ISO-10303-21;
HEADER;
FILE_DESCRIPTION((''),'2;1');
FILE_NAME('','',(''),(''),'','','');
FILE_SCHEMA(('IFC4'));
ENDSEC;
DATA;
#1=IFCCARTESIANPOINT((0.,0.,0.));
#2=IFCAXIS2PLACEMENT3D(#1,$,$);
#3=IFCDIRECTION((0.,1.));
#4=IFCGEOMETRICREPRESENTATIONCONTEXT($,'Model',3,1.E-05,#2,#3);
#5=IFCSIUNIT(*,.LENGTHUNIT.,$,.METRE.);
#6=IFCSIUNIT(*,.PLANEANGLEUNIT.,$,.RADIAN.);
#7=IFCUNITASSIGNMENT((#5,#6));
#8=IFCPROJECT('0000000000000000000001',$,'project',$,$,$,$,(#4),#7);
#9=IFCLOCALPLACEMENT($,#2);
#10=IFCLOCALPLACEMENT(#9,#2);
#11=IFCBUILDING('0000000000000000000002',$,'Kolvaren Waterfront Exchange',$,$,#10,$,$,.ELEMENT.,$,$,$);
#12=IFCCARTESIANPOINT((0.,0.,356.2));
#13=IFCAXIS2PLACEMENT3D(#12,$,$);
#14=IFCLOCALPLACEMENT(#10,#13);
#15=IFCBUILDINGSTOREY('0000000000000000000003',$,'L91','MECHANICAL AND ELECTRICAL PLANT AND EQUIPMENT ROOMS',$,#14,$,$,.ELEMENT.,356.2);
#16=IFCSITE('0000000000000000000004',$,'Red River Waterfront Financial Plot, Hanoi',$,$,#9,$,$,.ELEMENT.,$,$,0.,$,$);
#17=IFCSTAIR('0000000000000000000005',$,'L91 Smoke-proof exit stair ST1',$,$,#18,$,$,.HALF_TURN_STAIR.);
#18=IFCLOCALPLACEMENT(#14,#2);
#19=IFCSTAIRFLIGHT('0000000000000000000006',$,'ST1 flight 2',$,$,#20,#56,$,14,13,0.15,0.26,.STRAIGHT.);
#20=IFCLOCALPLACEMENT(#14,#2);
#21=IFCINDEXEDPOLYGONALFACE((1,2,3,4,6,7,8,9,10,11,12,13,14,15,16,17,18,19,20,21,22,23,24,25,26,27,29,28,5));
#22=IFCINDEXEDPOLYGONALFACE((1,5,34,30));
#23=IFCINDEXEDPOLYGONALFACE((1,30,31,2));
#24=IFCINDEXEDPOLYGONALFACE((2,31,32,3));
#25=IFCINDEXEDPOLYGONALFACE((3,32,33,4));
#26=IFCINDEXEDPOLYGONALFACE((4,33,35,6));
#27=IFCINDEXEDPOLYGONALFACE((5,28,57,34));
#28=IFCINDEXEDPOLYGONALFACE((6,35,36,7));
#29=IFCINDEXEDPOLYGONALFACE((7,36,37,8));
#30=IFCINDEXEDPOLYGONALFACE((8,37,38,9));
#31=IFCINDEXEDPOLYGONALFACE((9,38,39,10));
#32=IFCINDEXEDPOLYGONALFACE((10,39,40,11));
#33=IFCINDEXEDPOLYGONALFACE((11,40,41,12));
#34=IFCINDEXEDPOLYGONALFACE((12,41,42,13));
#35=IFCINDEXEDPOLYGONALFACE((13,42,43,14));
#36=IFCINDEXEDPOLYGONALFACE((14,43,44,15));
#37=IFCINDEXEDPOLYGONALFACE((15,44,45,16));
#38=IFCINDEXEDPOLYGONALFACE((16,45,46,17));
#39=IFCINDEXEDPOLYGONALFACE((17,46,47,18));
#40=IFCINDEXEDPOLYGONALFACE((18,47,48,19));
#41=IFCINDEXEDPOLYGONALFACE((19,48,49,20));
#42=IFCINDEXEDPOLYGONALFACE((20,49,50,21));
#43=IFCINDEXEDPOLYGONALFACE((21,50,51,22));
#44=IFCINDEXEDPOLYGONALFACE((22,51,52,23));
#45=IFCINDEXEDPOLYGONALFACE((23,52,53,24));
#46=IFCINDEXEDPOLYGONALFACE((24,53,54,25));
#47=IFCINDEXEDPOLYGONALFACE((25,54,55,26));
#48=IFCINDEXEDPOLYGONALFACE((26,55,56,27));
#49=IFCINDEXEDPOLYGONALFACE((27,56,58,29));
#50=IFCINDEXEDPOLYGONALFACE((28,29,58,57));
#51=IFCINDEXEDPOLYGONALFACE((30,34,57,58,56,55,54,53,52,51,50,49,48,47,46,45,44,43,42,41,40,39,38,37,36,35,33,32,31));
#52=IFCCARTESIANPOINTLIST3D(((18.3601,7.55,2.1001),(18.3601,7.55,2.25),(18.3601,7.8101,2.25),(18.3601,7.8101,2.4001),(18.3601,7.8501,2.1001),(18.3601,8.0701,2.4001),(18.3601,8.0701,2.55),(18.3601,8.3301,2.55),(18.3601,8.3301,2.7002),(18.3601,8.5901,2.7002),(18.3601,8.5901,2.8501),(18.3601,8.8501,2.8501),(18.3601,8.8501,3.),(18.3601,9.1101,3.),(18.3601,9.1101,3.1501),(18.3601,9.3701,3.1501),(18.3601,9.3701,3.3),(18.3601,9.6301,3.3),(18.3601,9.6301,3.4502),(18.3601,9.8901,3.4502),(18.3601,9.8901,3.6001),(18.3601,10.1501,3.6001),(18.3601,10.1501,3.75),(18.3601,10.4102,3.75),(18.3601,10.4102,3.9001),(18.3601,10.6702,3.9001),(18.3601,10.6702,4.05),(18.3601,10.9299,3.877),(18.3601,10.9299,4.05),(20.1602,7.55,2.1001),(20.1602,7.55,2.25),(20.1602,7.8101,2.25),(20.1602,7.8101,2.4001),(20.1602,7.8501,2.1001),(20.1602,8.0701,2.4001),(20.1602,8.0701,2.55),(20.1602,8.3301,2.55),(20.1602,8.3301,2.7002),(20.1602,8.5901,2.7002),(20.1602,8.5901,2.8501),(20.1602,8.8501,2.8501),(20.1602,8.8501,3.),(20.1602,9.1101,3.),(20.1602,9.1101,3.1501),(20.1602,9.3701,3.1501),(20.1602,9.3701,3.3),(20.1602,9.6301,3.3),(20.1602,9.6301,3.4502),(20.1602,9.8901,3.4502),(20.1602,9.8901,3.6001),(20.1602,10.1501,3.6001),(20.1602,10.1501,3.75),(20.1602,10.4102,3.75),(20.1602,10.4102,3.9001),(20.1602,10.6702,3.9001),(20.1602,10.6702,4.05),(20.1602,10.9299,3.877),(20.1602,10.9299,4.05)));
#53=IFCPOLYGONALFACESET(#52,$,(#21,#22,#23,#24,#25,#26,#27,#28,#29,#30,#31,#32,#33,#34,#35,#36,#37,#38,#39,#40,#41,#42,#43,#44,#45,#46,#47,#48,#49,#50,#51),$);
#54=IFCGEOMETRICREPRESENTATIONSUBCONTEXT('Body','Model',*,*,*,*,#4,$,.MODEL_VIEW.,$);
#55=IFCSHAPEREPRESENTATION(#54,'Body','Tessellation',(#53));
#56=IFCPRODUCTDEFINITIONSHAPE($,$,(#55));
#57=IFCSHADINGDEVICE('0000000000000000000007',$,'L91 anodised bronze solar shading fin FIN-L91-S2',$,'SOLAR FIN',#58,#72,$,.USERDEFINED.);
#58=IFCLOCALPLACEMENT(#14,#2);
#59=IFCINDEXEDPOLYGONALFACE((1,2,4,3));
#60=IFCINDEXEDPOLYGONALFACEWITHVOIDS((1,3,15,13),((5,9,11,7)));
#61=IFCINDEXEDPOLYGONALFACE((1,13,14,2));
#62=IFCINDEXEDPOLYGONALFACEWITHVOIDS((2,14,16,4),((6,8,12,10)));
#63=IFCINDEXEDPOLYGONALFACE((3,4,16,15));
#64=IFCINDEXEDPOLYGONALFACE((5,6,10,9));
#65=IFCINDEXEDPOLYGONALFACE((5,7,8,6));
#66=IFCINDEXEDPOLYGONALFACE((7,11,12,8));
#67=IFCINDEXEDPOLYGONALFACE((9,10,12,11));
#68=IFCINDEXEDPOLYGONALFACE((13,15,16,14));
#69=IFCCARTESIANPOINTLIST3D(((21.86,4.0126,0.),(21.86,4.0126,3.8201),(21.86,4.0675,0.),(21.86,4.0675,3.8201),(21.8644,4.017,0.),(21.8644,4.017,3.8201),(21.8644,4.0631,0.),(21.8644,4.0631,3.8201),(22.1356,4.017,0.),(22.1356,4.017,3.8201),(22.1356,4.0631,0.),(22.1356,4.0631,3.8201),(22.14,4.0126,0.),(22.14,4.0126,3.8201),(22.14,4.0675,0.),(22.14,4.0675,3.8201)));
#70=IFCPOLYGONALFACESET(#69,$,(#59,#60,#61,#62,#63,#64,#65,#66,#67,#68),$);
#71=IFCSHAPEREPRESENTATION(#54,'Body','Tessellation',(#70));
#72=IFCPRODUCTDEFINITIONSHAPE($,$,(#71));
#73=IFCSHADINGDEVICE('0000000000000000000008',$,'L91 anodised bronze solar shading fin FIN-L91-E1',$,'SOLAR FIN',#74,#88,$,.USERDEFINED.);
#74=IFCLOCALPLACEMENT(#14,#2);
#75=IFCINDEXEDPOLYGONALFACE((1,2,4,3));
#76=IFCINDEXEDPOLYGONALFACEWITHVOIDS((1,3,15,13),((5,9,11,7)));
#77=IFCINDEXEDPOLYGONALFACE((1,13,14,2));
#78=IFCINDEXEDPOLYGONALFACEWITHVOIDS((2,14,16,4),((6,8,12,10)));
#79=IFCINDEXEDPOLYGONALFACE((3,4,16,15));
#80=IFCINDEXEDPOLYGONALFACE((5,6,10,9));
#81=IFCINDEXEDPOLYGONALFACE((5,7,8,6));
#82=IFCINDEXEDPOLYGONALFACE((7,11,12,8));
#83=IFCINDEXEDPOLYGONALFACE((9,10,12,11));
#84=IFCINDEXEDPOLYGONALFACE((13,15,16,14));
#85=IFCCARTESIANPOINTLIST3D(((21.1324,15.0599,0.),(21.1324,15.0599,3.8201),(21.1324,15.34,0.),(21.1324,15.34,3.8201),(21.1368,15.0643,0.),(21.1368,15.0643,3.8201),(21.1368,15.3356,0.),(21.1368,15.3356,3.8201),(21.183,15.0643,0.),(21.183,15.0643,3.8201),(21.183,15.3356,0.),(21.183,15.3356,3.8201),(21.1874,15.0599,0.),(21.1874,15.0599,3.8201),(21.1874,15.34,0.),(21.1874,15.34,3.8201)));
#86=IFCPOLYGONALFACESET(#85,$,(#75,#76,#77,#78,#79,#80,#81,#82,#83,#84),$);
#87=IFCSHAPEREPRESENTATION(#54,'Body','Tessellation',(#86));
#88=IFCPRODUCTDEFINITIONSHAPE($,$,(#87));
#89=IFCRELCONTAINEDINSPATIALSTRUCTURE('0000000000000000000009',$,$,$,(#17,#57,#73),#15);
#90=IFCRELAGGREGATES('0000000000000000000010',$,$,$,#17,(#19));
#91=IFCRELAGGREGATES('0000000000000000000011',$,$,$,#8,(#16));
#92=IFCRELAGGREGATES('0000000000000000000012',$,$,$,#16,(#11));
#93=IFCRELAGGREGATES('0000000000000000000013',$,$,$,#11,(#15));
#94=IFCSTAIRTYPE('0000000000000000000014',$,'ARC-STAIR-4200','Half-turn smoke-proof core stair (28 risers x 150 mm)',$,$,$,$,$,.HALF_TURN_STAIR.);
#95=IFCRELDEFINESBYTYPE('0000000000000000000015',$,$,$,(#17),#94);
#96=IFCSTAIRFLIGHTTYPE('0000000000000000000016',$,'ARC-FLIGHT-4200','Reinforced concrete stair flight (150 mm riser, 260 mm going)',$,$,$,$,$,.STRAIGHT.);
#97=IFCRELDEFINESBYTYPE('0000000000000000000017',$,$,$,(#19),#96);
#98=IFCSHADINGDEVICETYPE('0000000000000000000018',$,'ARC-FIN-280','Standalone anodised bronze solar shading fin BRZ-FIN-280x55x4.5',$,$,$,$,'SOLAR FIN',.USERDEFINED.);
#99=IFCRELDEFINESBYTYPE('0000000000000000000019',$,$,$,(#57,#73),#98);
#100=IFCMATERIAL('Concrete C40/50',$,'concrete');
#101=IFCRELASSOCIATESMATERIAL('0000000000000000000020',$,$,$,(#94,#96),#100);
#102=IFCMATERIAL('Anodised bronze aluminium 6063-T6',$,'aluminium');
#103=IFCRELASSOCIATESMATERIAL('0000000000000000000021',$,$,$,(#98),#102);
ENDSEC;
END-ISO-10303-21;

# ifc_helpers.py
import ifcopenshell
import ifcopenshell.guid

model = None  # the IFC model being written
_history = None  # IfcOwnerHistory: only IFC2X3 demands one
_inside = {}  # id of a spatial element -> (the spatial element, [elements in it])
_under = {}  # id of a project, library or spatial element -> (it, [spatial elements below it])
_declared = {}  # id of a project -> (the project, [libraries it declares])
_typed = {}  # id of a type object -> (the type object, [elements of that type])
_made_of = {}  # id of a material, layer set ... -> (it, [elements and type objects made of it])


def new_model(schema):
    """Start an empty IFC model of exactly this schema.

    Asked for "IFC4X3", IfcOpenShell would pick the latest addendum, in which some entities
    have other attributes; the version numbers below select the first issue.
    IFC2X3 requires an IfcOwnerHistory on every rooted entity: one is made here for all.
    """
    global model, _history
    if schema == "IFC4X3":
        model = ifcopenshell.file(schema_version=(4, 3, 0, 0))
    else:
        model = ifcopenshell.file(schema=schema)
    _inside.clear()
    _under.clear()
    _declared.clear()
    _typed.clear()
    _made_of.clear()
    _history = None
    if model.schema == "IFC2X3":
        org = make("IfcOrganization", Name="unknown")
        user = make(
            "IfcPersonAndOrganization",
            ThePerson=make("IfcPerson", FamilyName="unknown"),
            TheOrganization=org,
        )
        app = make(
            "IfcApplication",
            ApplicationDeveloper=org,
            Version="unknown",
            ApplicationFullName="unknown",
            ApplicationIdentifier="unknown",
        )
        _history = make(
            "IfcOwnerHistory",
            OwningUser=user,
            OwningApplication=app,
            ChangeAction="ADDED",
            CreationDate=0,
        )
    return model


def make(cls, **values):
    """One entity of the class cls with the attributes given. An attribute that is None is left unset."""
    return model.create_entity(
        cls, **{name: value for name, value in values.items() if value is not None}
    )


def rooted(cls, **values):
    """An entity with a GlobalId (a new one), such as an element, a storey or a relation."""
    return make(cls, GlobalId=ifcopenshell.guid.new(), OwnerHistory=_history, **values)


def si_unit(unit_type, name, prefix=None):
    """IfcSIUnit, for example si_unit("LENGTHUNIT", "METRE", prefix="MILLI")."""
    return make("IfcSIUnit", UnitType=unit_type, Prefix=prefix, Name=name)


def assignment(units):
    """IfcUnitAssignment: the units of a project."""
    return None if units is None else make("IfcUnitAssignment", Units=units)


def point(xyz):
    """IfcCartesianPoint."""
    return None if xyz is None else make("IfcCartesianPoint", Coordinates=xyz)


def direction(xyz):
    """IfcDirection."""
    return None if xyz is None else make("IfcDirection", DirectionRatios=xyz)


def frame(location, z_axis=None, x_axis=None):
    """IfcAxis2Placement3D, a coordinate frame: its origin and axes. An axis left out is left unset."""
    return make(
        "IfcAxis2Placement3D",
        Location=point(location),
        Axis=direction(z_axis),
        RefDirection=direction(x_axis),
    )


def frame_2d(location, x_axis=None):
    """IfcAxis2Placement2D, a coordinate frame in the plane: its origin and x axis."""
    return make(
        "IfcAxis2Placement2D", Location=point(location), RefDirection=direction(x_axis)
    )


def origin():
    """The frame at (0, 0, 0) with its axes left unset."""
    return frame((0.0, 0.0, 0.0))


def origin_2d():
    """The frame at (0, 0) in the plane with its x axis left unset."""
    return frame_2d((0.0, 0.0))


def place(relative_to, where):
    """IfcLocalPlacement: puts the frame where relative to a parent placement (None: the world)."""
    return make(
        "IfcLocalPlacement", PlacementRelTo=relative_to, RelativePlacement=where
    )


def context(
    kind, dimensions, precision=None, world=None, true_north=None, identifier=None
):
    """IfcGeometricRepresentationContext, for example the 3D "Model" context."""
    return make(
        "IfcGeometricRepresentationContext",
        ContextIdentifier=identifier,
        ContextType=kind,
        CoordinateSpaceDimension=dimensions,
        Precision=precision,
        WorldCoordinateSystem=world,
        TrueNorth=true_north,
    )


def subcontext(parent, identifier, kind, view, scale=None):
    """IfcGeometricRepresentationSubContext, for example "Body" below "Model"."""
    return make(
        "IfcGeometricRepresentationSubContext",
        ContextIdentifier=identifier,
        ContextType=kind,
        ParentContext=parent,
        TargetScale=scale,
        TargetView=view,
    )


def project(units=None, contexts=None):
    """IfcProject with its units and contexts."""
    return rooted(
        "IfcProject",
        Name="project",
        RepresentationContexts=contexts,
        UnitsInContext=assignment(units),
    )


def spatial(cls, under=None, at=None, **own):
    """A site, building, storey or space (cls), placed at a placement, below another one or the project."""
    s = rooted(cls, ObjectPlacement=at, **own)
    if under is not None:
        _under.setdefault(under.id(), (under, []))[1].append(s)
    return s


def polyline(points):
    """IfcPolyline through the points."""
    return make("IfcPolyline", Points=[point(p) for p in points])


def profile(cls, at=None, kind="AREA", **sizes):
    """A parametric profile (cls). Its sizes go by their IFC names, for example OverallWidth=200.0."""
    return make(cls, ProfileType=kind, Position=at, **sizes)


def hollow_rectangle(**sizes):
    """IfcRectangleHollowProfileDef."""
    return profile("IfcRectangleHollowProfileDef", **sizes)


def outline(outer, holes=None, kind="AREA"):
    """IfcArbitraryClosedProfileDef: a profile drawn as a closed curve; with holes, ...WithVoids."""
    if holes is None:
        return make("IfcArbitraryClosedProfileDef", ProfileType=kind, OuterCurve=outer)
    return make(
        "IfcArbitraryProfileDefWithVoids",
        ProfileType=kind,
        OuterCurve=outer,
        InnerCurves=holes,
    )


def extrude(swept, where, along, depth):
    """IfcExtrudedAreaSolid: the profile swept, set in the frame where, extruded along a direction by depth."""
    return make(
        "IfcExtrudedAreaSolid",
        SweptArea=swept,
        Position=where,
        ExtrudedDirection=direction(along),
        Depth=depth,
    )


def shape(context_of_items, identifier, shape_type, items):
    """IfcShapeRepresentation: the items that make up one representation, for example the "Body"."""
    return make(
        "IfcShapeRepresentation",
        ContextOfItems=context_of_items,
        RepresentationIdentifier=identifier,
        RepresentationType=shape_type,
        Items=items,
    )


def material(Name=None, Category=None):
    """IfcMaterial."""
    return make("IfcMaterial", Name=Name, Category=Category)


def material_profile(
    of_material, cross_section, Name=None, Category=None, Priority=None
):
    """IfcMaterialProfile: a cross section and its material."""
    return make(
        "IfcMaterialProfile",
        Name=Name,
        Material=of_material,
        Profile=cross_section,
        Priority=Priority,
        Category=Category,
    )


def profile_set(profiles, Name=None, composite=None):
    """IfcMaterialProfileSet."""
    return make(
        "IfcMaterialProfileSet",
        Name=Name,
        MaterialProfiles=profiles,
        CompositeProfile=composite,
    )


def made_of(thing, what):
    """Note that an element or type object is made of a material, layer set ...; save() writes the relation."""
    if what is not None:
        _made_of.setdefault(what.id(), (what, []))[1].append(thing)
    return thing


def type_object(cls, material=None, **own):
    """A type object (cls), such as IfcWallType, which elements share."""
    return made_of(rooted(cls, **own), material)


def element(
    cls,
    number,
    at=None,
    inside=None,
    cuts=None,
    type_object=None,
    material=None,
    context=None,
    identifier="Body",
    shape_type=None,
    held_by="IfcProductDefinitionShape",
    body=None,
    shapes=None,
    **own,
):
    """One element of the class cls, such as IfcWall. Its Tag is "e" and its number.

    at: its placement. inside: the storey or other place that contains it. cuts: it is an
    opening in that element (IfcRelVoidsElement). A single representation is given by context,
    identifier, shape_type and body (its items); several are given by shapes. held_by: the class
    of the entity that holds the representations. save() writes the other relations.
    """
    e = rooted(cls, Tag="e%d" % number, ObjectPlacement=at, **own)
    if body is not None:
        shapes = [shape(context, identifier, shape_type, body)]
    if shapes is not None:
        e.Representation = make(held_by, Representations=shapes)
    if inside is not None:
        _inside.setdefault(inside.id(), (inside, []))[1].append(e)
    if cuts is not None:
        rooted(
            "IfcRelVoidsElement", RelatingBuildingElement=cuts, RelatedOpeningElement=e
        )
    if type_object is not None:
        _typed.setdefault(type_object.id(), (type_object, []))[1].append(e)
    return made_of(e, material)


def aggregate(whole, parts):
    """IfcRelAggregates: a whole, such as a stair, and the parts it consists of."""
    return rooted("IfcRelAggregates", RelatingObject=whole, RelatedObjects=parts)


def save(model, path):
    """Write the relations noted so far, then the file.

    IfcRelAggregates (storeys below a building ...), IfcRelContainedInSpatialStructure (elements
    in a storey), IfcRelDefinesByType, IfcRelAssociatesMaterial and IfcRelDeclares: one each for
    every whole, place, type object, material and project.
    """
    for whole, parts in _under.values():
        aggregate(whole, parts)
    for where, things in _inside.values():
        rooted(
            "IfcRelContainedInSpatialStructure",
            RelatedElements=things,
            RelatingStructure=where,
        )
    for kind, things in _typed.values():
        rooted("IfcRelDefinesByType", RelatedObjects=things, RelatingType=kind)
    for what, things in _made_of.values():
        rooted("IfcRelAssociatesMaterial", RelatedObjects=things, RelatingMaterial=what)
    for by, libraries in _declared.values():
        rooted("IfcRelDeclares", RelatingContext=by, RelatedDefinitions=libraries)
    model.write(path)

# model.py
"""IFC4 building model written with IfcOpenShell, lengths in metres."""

from ifc_helpers import new_model, si_unit, direction, frame, origin, origin_2d, place, context, subcontext, project, spatial, polyline, hollow_rectangle, outline, extrude, material, material_profile, profile_set, type_object, element, aggregate, save


model = new_model("IFC4")

# Units and contexts
model_context = context("Model", 3, precision=1e-05, world=origin(), true_north=direction((0.0, 1.0)))
body_context = subcontext(model_context, "Body", "Model", "MODEL_VIEW")
ifc_project = project(units=[si_unit("LENGTHUNIT", "METRE"), si_unit("PLANEANGLEUNIT", "RADIAN")], contexts=[model_context])

# Site, building, storey
site_placement = place(None, origin())
site = spatial("IfcSite", under=ifc_project, at=site_placement, Name="Red River Waterfront Financial Plot, Hanoi", CompositionType="ELEMENT", RefElevation=0.0)
building_placement = place(site_placement, origin())
building = spatial("IfcBuilding", under=site, at=building_placement, Name="Kolvaren Waterfront Exchange", CompositionType="ELEMENT")
storey_placement = place(building_placement, frame((0.0, 0.0, 356.2)))
storey = spatial("IfcBuildingStorey", under=building, at=storey_placement, Name="L91", Description="MECHANICAL AND ELECTRICAL PLANT AND EQUIPMENT ROOMS", CompositionType="ELEMENT", Elevation=356.2)

# Shared definitions
ifc_material_1 = material(Name="Anodised bronze aluminium 6063-T6", Category="aluminium")

# Shared definitions
ifc_material_2 = material(Name="Concrete C40/50", Category="concrete")

# Stair, stair flight
stair_type = type_object("IfcStairType", Name="ARC-STAIR-4200", Description="Half-turn smoke-proof core stair (28 risers x 150 mm)", PredefinedType="HALF_TURN_STAIR", material=ifc_material_2)
stair_placement = place(storey_placement, origin())
stair = element("IfcStair", 1, at=stair_placement, inside=storey, type_object=stair_type, Name="L91 Smoke-proof exit stair ST1", PredefinedType="HALF_TURN_STAIR")
stair_flight_type = type_object("IfcStairFlightType", Name="ARC-FLIGHT-4200", Description="Reinforced concrete stair flight (150 mm riser, 260 mm going)", PredefinedType="STRAIGHT", material=ifc_material_2)
stair_flight_placement = place(storey_placement, frame((19.26, 7.55, 2.1001), z_axis=(0.0, 0.0, 1.0), x_axis=(0.0, 1.0, 0.0)))
stair_flight = element("IfcStairFlight", 2, at=stair_flight_placement, type_object=stair_flight_type, Name="ST1 flight 2", NumberOfRisers=14, NumberOfTreads=13, PredefinedType="STRAIGHT", RiserHeight=0.15, TreadLength=0.26, context=body_context, shape_type="SweptSolid", body=[
    extrude(outline(polyline([(0.0, 0.0), (0.0, 0.1499), (0.26, 0.1499), (0.26, 0.3), (0.52, 0.3), (0.52, 0.45), (0.78, 0.45), (0.78, 0.6001), (1.04, 0.6001), (1.04, 0.75), (1.3, 0.75), (1.3, 0.8999), (1.5601, 0.8999), (1.5601, 1.05), (1.8201, 1.05), (1.8201, 1.2), (2.0801, 1.2), (2.0801, 1.3501), (2.3401, 1.3501), (2.3401, 1.5), (2.6001, 1.5), (2.6001, 1.6499), (2.8601, 1.6499), (2.8601, 1.8), (3.1201, 1.8), (3.1201, 1.95), (3.3799, 1.95), (3.3799, 2.1001), (3.3799, 1.7769), (0.3, 0.0), (0.0, 0.0)])), frame((0.0, 0.8999, 0.0), z_axis=(0.0, -1.0, 0.0), x_axis=(1.0, 0.0, 0.0)), (0.0, 0.0, 1.0), 1.8),
])
aggregate(stair, [stair_flight])

# Shading devices
ifc_material_profile_1 = material_profile(ifc_material_1, hollow_rectangle(XDim=0.0549, YDim=0.28, WallThickness=0.0044, at=origin_2d()), Name="BRZ-FIN-280x55x4.5")
ifc_profile_set_1 = profile_set([ifc_material_profile_1], Name="Anodised bronze aluminium 6063-T6")
shading_device_type = type_object("IfcShadingDeviceType", Name="ARC-FIN-280", Description="Standalone anodised bronze solar shading fin BRZ-FIN-280x55x4.5", ElementType="SOLAR FIN", PredefinedType="USERDEFINED", material=ifc_profile_set_1)
for number, where, z_axis, x_axis, name in (
    (3, (22.0, 4.04, 0.0), (0.0, 0.0, 1.0), (0.0, -1.0, 0.0), "L91 anodised bronze solar shading fin FIN-L91-S2"),
    (4, (21.1599, 15.2, 0.0), (0.0, 0.0, 1.0), (1.0, 0.0, 0.0), "L91 anodised bronze solar shading fin FIN-L91-E1"),
):
    element("IfcShadingDevice", number, at=place(storey_placement, frame(where, z_axis=z_axis, x_axis=x_axis)), inside=storey, type_object=shading_device_type, Name=name, ObjectType="SOLAR FIN", PredefinedType="USERDEFINED", context=body_context, shape_type="SweptSolid", body=[
        extrude(hollow_rectangle(XDim=0.0549, YDim=0.28, WallThickness=0.0044, at=origin_2d()), origin(), (0.0, 0.0, 1.0), 3.8201),
    ])

save(model, "model.ifc")
